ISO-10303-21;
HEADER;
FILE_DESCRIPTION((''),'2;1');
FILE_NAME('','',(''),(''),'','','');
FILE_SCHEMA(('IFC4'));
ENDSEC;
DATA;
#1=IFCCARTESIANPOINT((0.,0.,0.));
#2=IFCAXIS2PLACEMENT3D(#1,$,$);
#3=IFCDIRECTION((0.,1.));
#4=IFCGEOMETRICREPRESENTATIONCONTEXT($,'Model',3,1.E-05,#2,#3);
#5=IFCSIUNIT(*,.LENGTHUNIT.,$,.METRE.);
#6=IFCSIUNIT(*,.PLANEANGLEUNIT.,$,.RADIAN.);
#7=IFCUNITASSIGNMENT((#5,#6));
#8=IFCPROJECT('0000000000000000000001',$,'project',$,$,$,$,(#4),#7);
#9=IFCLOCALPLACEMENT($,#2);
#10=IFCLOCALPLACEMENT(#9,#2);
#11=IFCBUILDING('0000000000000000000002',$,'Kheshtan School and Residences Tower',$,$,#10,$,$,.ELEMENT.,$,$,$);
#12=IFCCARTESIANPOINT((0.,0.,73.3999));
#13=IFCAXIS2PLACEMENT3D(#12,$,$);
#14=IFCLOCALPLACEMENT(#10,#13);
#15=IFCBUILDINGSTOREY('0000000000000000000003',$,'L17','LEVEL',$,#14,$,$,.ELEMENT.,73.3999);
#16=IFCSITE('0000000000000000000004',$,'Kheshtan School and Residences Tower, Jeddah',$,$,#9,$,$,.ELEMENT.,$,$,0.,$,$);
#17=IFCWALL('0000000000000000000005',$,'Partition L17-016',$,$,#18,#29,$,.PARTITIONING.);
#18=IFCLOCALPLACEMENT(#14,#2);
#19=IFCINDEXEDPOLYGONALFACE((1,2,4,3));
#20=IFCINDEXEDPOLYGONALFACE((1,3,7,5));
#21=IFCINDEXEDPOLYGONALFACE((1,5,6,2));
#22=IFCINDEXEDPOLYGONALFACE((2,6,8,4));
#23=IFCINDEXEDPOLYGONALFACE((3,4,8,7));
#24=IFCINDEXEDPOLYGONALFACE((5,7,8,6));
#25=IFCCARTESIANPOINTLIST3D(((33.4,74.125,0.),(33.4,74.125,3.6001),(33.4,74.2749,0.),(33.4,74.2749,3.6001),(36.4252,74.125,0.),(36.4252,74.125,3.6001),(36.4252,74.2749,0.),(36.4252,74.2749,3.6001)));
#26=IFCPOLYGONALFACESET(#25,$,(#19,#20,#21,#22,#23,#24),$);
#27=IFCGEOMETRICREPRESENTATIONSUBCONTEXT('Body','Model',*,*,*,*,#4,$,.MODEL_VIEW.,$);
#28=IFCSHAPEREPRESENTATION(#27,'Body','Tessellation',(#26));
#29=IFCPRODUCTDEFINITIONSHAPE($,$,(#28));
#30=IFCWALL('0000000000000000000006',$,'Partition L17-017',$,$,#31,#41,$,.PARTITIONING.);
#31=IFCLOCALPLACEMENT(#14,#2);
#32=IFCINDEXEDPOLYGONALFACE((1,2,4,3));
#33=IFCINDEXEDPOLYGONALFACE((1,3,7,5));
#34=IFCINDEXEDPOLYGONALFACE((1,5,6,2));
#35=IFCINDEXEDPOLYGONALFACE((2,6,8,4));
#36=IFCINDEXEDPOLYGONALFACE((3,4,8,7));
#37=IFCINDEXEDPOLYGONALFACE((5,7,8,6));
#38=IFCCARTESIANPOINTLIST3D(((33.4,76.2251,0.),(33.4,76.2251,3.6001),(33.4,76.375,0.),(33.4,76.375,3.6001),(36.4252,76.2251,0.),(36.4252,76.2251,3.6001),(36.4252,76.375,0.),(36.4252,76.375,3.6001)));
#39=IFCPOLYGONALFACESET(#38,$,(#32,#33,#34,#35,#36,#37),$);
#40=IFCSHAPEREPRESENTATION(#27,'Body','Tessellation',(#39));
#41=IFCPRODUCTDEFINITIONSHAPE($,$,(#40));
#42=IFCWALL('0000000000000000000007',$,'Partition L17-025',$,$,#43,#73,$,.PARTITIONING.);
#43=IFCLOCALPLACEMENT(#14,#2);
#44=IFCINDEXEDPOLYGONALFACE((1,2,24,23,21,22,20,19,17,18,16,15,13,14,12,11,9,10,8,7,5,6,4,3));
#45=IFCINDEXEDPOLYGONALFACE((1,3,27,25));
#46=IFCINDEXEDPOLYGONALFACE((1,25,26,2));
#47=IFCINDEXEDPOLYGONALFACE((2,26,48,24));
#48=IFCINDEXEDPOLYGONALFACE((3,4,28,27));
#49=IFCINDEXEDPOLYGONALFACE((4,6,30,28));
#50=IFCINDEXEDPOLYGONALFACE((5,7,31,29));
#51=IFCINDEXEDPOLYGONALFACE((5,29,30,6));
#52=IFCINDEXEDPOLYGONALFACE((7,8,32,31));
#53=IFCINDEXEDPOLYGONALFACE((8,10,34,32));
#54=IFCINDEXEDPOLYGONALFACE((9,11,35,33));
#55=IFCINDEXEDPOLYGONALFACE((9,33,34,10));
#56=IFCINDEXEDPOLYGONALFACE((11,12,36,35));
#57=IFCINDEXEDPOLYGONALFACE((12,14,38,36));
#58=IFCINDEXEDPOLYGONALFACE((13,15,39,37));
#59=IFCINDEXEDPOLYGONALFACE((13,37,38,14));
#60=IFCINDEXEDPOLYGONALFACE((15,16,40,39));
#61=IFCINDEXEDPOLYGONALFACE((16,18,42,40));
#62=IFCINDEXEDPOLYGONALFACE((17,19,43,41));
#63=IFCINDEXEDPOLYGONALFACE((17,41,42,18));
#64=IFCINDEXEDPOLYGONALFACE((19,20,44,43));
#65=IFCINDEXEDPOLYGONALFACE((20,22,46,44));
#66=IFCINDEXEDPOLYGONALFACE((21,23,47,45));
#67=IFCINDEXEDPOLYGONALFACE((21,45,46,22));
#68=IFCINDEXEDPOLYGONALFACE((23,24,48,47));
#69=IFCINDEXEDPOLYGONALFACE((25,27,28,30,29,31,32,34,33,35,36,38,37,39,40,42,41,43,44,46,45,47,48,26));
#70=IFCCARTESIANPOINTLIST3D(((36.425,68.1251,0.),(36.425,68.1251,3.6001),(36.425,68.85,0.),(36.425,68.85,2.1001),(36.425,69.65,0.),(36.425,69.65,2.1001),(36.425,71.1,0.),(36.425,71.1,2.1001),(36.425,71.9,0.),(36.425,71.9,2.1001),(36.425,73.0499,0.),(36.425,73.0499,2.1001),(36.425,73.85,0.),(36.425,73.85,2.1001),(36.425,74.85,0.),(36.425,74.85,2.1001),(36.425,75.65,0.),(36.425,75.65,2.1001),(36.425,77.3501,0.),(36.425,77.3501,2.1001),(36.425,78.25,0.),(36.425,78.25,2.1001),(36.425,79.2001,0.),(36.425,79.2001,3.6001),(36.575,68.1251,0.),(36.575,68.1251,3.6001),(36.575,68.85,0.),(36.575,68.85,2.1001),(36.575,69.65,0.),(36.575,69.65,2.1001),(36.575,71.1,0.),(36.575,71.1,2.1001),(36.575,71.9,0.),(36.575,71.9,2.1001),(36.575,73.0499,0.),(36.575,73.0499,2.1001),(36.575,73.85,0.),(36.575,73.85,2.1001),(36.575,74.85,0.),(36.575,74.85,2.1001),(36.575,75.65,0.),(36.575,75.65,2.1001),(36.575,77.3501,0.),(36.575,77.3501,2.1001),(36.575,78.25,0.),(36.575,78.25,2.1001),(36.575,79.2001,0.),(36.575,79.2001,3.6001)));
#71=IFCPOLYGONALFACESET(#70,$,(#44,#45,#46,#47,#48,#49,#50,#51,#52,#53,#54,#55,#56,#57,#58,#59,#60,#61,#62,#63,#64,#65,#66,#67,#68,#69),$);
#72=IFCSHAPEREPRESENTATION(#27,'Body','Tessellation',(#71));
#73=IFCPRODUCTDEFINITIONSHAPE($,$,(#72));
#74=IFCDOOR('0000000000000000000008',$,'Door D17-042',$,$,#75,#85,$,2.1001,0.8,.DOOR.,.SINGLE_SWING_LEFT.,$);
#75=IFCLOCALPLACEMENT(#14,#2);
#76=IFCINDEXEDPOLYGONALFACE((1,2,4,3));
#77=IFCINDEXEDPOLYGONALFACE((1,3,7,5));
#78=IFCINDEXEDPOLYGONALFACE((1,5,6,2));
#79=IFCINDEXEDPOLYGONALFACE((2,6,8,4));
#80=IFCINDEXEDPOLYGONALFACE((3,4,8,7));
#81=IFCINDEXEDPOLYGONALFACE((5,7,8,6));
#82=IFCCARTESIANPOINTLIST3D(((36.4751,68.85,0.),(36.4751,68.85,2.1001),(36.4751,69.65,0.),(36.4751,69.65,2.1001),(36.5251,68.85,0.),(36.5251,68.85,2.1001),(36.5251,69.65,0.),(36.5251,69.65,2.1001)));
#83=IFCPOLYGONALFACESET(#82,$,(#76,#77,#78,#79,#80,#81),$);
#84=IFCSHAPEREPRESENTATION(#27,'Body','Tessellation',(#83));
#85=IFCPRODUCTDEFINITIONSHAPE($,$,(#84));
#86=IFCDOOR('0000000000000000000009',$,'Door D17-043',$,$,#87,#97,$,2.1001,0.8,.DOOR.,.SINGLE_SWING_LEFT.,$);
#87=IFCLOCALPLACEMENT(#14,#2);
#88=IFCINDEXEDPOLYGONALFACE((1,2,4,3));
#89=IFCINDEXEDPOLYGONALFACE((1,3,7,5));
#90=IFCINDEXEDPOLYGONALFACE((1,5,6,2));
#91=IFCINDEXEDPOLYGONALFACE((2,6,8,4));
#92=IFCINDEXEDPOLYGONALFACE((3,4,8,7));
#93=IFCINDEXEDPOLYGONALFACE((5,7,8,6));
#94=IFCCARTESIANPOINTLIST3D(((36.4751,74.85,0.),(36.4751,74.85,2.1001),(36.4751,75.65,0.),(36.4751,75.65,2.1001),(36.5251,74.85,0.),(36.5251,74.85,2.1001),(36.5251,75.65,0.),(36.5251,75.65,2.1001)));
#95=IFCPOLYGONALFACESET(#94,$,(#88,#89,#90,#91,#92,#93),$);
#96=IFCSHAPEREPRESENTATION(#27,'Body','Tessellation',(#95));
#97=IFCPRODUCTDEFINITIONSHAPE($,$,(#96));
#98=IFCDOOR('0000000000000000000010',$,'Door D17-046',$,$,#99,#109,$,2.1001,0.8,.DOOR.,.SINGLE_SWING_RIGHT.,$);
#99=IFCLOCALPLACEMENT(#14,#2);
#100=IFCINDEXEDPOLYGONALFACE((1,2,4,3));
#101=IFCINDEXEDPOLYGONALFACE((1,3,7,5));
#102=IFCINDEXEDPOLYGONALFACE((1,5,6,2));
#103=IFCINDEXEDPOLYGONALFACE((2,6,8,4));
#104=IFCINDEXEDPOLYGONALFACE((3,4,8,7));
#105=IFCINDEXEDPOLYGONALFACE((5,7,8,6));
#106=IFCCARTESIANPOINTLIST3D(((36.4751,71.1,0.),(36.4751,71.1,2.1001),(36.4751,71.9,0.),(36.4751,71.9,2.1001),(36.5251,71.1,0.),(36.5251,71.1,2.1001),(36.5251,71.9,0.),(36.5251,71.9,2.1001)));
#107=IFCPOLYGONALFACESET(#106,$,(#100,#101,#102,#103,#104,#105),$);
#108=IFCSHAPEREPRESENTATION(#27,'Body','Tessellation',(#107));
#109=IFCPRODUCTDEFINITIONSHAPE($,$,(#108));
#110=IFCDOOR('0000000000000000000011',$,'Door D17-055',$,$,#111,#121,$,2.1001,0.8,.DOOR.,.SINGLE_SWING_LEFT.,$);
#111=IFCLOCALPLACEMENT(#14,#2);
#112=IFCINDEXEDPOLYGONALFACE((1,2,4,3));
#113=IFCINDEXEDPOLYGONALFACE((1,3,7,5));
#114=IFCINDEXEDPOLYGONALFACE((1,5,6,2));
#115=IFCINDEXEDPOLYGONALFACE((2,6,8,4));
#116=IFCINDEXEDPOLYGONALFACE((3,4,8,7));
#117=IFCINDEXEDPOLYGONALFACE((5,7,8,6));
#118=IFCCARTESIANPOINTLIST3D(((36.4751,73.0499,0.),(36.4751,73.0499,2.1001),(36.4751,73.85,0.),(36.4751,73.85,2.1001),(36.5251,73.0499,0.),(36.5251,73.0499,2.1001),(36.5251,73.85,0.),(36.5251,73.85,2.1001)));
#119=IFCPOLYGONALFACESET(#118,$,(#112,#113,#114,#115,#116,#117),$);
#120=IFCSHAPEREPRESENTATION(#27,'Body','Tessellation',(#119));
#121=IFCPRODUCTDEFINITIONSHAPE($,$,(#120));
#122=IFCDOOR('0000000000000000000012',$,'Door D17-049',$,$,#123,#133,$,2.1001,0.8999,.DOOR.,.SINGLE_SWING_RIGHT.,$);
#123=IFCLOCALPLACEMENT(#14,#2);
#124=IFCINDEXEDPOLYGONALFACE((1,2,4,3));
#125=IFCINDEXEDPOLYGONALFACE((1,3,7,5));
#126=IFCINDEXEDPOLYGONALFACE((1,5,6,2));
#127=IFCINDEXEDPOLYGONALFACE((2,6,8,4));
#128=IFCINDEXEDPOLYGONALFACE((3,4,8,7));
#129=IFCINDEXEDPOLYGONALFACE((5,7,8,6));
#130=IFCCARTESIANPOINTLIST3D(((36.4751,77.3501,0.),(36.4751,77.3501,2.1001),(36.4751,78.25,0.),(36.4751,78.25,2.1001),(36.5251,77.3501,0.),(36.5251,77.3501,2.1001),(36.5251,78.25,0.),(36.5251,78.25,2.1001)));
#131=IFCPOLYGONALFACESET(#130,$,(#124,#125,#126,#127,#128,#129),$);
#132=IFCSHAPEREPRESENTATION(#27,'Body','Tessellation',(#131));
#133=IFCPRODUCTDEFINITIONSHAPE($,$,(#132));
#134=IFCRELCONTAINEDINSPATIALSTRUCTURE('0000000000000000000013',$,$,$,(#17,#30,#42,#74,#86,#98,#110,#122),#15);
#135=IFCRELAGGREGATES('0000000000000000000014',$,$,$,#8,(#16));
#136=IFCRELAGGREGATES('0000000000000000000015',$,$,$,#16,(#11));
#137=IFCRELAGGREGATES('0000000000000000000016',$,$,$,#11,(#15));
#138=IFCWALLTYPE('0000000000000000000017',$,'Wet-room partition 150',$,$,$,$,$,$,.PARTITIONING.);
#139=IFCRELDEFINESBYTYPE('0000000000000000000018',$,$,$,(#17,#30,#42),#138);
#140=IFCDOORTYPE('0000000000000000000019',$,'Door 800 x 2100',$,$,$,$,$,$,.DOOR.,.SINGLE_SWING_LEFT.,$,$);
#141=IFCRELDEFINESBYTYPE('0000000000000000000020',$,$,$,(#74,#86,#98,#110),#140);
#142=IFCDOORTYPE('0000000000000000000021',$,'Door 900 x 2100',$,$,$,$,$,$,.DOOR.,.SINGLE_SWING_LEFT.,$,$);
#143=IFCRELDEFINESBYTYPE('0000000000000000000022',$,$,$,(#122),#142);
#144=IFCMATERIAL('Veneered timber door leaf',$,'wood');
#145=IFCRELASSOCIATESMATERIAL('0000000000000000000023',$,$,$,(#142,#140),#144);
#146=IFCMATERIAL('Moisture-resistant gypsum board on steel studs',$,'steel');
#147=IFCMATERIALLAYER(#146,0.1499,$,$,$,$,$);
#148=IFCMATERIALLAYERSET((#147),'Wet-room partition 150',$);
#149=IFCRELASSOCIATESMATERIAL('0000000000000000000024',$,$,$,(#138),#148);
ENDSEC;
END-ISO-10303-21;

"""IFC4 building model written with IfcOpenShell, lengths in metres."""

from ifc_helpers import new_model, si_unit, direction, frame, frame_2d, origin, place, context, subcontext, project, spatial, rectangle, extrude, source, transform, mapped, material, layer, layer_set, type_object, element, fill, save


model = new_model("IFC4")

# Units and contexts
model_context = context("Model", 3, precision=1e-05, world=origin(), true_north=direction((0.0, 1.0)))
body_context = subcontext(model_context, "Body", "Model", "MODEL_VIEW")
ifc_project = project(units=[si_unit("LENGTHUNIT", "METRE"), si_unit("PLANEANGLEUNIT", "RADIAN")], contexts=[model_context])

# Site, building, storey
site_placement = place(None, origin())
site = spatial("IfcSite", under=ifc_project, at=site_placement, Name="Kheshtan School and Residences Tower, Jeddah", CompositionType="ELEMENT", RefElevation=0.0)
building_placement = place(site_placement, origin())
building = spatial("IfcBuilding", under=site, at=building_placement, Name="Kheshtan School and Residences Tower", CompositionType="ELEMENT")
storey_placement = place(building_placement, frame((0.0, 0.0, 73.3999)))
storey = spatial("IfcBuildingStorey", under=building, at=storey_placement, Name="L17", Description="LEVEL", CompositionType="ELEMENT", Elevation=73.3999)

# Shared definitions
ifc_material_1 = material(Name="Veneered timber door leaf", Category="wood")
door_type_1 = type_object("IfcDoorType", Name="Door 900 x 2100", OperationType="SINGLE_SWING_LEFT", PredefinedType="DOOR", material=ifc_material_1)
shared_shape_1 = source(origin(), body_context, "Body", "SweptSolid", [
    extrude(rectangle(XDim=0.8999, YDim=2.1001, at=frame_2d((0.45, 1.05))), frame((0.0, 0.0249, 0.0), z_axis=(0.0, -1.0, 0.0), x_axis=(1.0, 0.0, 0.0)), (0.0, 0.0, 1.0), 0.05),
])

# Walls
ifc_material_2 = material(Name="Moisture-resistant gypsum board on steel studs", Category="steel")
ifc_layer_1 = layer(ifc_material_2, 0.1499)
ifc_layer_set_1 = layer_set([ifc_layer_1], Name="Wet-room partition 150")
wall_type_1 = type_object("IfcWallType", Name="Wet-room partition 150", PredefinedType="PARTITIONING", material=ifc_layer_set_1)
for number, where, z_axis, x_axis, name in (
    (1, (33.3999, 74.2, 0.0), (0.0, 0.0, 1.0), (1.0, 0.0, 0.0), "Partition L17-016"),
    (2, (33.3999, 76.3, 0.0), (0.0, 0.0, 1.0), (1.0, 0.0, 0.0), "Partition L17-017"),
):
    element("IfcWall", number, at=place(storey_placement, frame(where, z_axis=z_axis, x_axis=x_axis)), inside=storey, type_object=wall_type_1, Name=name, PredefinedType="PARTITIONING", context=body_context, shape_type="SweptSolid", body=[
        extrude(rectangle(XDim=3.0251, YDim=0.1499, at=frame_2d((1.5127, 0.0))), origin(), (0.0, 0.0, 1.0), 3.6001),
    ])

# Wall, openings, doors
wall_1_placement = place(storey_placement, frame((36.5, 68.125, 0.0), z_axis=(0.0, 0.0, 1.0), x_axis=(0.0, 1.0, 0.0)))
wall_1 = element("IfcWall", 3, at=wall_1_placement, inside=storey, type_object=wall_type_1, Name="Partition L17-025", PredefinedType="PARTITIONING", context=body_context, shape_type="SweptSolid", body=[
    extrude(rectangle(XDim=11.075, YDim=0.1499, at=frame_2d((5.5376, 0.0))), origin(), (0.0, 0.0, 1.0), 3.6001),
])
opening_1_placement = place(wall_1_placement, frame((0.7251, 0.0, 0.0)))
opening_1 = element("IfcOpeningElement", 4, at=opening_1_placement, cuts=wall_1, PredefinedType="OPENING", context=body_context, shape_type="SweptSolid", body=[
    extrude(rectangle(XDim=0.8, YDim=2.1001, at=frame_2d((0.3999, 1.05))), frame((0.0, 0.085, 0.0), z_axis=(0.0, -1.0, 0.0), x_axis=(1.0, 0.0, 0.0)), (0.0, 0.0, 1.0), 0.1699),
])
opening_2_placement = place(wall_1_placement, frame((6.7251, 0.0, 0.0)))
opening_2 = element("IfcOpeningElement", 5, at=opening_2_placement, cuts=wall_1, PredefinedType="OPENING", context=body_context, shape_type="SweptSolid", body=[
    extrude(rectangle(XDim=0.8, YDim=2.1001, at=frame_2d((0.3999, 1.05))), frame((0.0, 0.085, 0.0), z_axis=(0.0, -1.0, 0.0), x_axis=(1.0, 0.0, 0.0)), (0.0, 0.0, 1.0), 0.1699),
])
opening_3_placement = place(wall_1_placement, frame((2.9751, 0.0, 0.0)))
opening_3 = element("IfcOpeningElement", 6, at=opening_3_placement, cuts=wall_1, PredefinedType="OPENING", context=body_context, shape_type="SweptSolid", body=[
    extrude(rectangle(XDim=0.8, YDim=2.1001, at=frame_2d((0.3999, 1.05))), frame((0.0, 0.085, 0.0), z_axis=(0.0, -1.0, 0.0), x_axis=(1.0, 0.0, 0.0)), (0.0, 0.0, 1.0), 0.1699),
])
opening_4_placement = place(wall_1_placement, frame((9.2251, 0.0, 0.0)))
opening_4 = element("IfcOpeningElement", 7, at=opening_4_placement, cuts=wall_1, PredefinedType="OPENING", context=body_context, shape_type="SweptSolid", body=[
    extrude(rectangle(XDim=0.8999, YDim=2.1001, at=frame_2d((0.45, 1.05))), frame((0.0, 0.085, 0.0), z_axis=(0.0, -1.0, 0.0), x_axis=(1.0, 0.0, 0.0)), (0.0, 0.0, 1.0), 0.1699),
])
opening_5_placement = place(wall_1_placement, frame((4.925, 0.0, 0.0)))
opening_5 = element("IfcOpeningElement", 8, at=opening_5_placement, cuts=wall_1, PredefinedType="OPENING", context=body_context, shape_type="SweptSolid", body=[
    extrude(rectangle(XDim=0.8, YDim=2.1001, at=frame_2d((0.3999, 1.05))), frame((0.0, 0.085, 0.0), z_axis=(0.0, -1.0, 0.0), x_axis=(1.0, 0.0, 0.0)), (0.0, 0.0, 1.0), 0.1699),
])
door_type_2 = type_object("IfcDoorType", Name="Door 800 x 2100", OperationType="SINGLE_SWING_LEFT", PredefinedType="DOOR", material=ifc_material_1)
shared_shape_2 = source(origin(), body_context, "Body", "SweptSolid", [
    extrude(rectangle(XDim=0.8, YDim=2.1001, at=frame_2d((0.3999, 1.05))), frame((0.0, 0.0249, 0.0), z_axis=(0.0, -1.0, 0.0), x_axis=(1.0, 0.0, 0.0)), (0.0, 0.0, 1.0), 0.05),
])
door_1_placement = place(opening_1_placement, origin())
door_1 = element("IfcDoor", 9, at=door_1_placement, inside=storey, type_object=door_type_2, Name="Door D17-042", OperationType="SINGLE_SWING_LEFT", OverallHeight=2.1001, OverallWidth=0.8, PredefinedType="DOOR", context=body_context, shape_type="MappedRepresentation", body=[
    mapped(shared_shape_2, transform((0.0, 0.0, 0.0), x_axis=(1.0, 0.0, 0.0), y_axis=(0.0, 1.0, 0.0), z_axis=(0.0, 0.0, 1.0), scale=1.0)),
])
fill(opening_1, door_1)
door_2_placement = place(opening_2_placement, origin())
door_2 = element("IfcDoor", 10, at=door_2_placement, inside=storey, type_object=door_type_2, Name="Door D17-043", OperationType="SINGLE_SWING_LEFT", OverallHeight=2.1001, OverallWidth=0.8, PredefinedType="DOOR", context=body_context, shape_type="MappedRepresentation", body=[
    mapped(shared_shape_2, transform((0.0, 0.0, 0.0), x_axis=(1.0, 0.0, 0.0), y_axis=(0.0, 1.0, 0.0), z_axis=(0.0, 0.0, 1.0), scale=1.0)),
])
fill(opening_2, door_2)
door_3_placement = place(opening_3_placement, origin())
door_3 = element("IfcDoor", 11, at=door_3_placement, inside=storey, type_object=door_type_2, Name="Door D17-046", OperationType="SINGLE_SWING_RIGHT", OverallHeight=2.1001, OverallWidth=0.8, PredefinedType="DOOR", context=body_context, shape_type="MappedRepresentation", body=[
    mapped(shared_shape_2, transform((0.0, 0.0, 0.0), x_axis=(1.0, 0.0, 0.0), y_axis=(0.0, 1.0, 0.0), z_axis=(0.0, 0.0, 1.0), scale=1.0)),
])
fill(opening_3, door_3)
door_4_placement = place(opening_5_placement, origin())
door_4 = element("IfcDoor", 12, at=door_4_placement, inside=storey, type_object=door_type_2, Name="Door D17-055", OperationType="SINGLE_SWING_LEFT", OverallHeight=2.1001, OverallWidth=0.8, PredefinedType="DOOR", context=body_context, shape_type="MappedRepresentation", body=[
    mapped(shared_shape_2, transform((0.0, 0.0, 0.0), x_axis=(1.0, 0.0, 0.0), y_axis=(0.0, 1.0, 0.0), z_axis=(0.0, 0.0, 1.0), scale=1.0)),
])
fill(opening_5, door_4)
door_5_placement = place(opening_4_placement, origin())
door_5 = element("IfcDoor", 13, at=door_5_placement, inside=storey, type_object=door_type_1, Name="Door D17-049", OperationType="SINGLE_SWING_RIGHT", OverallHeight=2.1001, OverallWidth=0.8999, PredefinedType="DOOR", context=body_context, shape_type="MappedRepresentation", body=[
    mapped(shared_shape_1, transform((0.0, 0.0, 0.0), x_axis=(1.0, 0.0, 0.0), y_axis=(0.0, 1.0, 0.0), z_axis=(0.0, 0.0, 1.0), scale=1.0)),
])
fill(opening_4, door_5)

save(model, "model.ifc")
